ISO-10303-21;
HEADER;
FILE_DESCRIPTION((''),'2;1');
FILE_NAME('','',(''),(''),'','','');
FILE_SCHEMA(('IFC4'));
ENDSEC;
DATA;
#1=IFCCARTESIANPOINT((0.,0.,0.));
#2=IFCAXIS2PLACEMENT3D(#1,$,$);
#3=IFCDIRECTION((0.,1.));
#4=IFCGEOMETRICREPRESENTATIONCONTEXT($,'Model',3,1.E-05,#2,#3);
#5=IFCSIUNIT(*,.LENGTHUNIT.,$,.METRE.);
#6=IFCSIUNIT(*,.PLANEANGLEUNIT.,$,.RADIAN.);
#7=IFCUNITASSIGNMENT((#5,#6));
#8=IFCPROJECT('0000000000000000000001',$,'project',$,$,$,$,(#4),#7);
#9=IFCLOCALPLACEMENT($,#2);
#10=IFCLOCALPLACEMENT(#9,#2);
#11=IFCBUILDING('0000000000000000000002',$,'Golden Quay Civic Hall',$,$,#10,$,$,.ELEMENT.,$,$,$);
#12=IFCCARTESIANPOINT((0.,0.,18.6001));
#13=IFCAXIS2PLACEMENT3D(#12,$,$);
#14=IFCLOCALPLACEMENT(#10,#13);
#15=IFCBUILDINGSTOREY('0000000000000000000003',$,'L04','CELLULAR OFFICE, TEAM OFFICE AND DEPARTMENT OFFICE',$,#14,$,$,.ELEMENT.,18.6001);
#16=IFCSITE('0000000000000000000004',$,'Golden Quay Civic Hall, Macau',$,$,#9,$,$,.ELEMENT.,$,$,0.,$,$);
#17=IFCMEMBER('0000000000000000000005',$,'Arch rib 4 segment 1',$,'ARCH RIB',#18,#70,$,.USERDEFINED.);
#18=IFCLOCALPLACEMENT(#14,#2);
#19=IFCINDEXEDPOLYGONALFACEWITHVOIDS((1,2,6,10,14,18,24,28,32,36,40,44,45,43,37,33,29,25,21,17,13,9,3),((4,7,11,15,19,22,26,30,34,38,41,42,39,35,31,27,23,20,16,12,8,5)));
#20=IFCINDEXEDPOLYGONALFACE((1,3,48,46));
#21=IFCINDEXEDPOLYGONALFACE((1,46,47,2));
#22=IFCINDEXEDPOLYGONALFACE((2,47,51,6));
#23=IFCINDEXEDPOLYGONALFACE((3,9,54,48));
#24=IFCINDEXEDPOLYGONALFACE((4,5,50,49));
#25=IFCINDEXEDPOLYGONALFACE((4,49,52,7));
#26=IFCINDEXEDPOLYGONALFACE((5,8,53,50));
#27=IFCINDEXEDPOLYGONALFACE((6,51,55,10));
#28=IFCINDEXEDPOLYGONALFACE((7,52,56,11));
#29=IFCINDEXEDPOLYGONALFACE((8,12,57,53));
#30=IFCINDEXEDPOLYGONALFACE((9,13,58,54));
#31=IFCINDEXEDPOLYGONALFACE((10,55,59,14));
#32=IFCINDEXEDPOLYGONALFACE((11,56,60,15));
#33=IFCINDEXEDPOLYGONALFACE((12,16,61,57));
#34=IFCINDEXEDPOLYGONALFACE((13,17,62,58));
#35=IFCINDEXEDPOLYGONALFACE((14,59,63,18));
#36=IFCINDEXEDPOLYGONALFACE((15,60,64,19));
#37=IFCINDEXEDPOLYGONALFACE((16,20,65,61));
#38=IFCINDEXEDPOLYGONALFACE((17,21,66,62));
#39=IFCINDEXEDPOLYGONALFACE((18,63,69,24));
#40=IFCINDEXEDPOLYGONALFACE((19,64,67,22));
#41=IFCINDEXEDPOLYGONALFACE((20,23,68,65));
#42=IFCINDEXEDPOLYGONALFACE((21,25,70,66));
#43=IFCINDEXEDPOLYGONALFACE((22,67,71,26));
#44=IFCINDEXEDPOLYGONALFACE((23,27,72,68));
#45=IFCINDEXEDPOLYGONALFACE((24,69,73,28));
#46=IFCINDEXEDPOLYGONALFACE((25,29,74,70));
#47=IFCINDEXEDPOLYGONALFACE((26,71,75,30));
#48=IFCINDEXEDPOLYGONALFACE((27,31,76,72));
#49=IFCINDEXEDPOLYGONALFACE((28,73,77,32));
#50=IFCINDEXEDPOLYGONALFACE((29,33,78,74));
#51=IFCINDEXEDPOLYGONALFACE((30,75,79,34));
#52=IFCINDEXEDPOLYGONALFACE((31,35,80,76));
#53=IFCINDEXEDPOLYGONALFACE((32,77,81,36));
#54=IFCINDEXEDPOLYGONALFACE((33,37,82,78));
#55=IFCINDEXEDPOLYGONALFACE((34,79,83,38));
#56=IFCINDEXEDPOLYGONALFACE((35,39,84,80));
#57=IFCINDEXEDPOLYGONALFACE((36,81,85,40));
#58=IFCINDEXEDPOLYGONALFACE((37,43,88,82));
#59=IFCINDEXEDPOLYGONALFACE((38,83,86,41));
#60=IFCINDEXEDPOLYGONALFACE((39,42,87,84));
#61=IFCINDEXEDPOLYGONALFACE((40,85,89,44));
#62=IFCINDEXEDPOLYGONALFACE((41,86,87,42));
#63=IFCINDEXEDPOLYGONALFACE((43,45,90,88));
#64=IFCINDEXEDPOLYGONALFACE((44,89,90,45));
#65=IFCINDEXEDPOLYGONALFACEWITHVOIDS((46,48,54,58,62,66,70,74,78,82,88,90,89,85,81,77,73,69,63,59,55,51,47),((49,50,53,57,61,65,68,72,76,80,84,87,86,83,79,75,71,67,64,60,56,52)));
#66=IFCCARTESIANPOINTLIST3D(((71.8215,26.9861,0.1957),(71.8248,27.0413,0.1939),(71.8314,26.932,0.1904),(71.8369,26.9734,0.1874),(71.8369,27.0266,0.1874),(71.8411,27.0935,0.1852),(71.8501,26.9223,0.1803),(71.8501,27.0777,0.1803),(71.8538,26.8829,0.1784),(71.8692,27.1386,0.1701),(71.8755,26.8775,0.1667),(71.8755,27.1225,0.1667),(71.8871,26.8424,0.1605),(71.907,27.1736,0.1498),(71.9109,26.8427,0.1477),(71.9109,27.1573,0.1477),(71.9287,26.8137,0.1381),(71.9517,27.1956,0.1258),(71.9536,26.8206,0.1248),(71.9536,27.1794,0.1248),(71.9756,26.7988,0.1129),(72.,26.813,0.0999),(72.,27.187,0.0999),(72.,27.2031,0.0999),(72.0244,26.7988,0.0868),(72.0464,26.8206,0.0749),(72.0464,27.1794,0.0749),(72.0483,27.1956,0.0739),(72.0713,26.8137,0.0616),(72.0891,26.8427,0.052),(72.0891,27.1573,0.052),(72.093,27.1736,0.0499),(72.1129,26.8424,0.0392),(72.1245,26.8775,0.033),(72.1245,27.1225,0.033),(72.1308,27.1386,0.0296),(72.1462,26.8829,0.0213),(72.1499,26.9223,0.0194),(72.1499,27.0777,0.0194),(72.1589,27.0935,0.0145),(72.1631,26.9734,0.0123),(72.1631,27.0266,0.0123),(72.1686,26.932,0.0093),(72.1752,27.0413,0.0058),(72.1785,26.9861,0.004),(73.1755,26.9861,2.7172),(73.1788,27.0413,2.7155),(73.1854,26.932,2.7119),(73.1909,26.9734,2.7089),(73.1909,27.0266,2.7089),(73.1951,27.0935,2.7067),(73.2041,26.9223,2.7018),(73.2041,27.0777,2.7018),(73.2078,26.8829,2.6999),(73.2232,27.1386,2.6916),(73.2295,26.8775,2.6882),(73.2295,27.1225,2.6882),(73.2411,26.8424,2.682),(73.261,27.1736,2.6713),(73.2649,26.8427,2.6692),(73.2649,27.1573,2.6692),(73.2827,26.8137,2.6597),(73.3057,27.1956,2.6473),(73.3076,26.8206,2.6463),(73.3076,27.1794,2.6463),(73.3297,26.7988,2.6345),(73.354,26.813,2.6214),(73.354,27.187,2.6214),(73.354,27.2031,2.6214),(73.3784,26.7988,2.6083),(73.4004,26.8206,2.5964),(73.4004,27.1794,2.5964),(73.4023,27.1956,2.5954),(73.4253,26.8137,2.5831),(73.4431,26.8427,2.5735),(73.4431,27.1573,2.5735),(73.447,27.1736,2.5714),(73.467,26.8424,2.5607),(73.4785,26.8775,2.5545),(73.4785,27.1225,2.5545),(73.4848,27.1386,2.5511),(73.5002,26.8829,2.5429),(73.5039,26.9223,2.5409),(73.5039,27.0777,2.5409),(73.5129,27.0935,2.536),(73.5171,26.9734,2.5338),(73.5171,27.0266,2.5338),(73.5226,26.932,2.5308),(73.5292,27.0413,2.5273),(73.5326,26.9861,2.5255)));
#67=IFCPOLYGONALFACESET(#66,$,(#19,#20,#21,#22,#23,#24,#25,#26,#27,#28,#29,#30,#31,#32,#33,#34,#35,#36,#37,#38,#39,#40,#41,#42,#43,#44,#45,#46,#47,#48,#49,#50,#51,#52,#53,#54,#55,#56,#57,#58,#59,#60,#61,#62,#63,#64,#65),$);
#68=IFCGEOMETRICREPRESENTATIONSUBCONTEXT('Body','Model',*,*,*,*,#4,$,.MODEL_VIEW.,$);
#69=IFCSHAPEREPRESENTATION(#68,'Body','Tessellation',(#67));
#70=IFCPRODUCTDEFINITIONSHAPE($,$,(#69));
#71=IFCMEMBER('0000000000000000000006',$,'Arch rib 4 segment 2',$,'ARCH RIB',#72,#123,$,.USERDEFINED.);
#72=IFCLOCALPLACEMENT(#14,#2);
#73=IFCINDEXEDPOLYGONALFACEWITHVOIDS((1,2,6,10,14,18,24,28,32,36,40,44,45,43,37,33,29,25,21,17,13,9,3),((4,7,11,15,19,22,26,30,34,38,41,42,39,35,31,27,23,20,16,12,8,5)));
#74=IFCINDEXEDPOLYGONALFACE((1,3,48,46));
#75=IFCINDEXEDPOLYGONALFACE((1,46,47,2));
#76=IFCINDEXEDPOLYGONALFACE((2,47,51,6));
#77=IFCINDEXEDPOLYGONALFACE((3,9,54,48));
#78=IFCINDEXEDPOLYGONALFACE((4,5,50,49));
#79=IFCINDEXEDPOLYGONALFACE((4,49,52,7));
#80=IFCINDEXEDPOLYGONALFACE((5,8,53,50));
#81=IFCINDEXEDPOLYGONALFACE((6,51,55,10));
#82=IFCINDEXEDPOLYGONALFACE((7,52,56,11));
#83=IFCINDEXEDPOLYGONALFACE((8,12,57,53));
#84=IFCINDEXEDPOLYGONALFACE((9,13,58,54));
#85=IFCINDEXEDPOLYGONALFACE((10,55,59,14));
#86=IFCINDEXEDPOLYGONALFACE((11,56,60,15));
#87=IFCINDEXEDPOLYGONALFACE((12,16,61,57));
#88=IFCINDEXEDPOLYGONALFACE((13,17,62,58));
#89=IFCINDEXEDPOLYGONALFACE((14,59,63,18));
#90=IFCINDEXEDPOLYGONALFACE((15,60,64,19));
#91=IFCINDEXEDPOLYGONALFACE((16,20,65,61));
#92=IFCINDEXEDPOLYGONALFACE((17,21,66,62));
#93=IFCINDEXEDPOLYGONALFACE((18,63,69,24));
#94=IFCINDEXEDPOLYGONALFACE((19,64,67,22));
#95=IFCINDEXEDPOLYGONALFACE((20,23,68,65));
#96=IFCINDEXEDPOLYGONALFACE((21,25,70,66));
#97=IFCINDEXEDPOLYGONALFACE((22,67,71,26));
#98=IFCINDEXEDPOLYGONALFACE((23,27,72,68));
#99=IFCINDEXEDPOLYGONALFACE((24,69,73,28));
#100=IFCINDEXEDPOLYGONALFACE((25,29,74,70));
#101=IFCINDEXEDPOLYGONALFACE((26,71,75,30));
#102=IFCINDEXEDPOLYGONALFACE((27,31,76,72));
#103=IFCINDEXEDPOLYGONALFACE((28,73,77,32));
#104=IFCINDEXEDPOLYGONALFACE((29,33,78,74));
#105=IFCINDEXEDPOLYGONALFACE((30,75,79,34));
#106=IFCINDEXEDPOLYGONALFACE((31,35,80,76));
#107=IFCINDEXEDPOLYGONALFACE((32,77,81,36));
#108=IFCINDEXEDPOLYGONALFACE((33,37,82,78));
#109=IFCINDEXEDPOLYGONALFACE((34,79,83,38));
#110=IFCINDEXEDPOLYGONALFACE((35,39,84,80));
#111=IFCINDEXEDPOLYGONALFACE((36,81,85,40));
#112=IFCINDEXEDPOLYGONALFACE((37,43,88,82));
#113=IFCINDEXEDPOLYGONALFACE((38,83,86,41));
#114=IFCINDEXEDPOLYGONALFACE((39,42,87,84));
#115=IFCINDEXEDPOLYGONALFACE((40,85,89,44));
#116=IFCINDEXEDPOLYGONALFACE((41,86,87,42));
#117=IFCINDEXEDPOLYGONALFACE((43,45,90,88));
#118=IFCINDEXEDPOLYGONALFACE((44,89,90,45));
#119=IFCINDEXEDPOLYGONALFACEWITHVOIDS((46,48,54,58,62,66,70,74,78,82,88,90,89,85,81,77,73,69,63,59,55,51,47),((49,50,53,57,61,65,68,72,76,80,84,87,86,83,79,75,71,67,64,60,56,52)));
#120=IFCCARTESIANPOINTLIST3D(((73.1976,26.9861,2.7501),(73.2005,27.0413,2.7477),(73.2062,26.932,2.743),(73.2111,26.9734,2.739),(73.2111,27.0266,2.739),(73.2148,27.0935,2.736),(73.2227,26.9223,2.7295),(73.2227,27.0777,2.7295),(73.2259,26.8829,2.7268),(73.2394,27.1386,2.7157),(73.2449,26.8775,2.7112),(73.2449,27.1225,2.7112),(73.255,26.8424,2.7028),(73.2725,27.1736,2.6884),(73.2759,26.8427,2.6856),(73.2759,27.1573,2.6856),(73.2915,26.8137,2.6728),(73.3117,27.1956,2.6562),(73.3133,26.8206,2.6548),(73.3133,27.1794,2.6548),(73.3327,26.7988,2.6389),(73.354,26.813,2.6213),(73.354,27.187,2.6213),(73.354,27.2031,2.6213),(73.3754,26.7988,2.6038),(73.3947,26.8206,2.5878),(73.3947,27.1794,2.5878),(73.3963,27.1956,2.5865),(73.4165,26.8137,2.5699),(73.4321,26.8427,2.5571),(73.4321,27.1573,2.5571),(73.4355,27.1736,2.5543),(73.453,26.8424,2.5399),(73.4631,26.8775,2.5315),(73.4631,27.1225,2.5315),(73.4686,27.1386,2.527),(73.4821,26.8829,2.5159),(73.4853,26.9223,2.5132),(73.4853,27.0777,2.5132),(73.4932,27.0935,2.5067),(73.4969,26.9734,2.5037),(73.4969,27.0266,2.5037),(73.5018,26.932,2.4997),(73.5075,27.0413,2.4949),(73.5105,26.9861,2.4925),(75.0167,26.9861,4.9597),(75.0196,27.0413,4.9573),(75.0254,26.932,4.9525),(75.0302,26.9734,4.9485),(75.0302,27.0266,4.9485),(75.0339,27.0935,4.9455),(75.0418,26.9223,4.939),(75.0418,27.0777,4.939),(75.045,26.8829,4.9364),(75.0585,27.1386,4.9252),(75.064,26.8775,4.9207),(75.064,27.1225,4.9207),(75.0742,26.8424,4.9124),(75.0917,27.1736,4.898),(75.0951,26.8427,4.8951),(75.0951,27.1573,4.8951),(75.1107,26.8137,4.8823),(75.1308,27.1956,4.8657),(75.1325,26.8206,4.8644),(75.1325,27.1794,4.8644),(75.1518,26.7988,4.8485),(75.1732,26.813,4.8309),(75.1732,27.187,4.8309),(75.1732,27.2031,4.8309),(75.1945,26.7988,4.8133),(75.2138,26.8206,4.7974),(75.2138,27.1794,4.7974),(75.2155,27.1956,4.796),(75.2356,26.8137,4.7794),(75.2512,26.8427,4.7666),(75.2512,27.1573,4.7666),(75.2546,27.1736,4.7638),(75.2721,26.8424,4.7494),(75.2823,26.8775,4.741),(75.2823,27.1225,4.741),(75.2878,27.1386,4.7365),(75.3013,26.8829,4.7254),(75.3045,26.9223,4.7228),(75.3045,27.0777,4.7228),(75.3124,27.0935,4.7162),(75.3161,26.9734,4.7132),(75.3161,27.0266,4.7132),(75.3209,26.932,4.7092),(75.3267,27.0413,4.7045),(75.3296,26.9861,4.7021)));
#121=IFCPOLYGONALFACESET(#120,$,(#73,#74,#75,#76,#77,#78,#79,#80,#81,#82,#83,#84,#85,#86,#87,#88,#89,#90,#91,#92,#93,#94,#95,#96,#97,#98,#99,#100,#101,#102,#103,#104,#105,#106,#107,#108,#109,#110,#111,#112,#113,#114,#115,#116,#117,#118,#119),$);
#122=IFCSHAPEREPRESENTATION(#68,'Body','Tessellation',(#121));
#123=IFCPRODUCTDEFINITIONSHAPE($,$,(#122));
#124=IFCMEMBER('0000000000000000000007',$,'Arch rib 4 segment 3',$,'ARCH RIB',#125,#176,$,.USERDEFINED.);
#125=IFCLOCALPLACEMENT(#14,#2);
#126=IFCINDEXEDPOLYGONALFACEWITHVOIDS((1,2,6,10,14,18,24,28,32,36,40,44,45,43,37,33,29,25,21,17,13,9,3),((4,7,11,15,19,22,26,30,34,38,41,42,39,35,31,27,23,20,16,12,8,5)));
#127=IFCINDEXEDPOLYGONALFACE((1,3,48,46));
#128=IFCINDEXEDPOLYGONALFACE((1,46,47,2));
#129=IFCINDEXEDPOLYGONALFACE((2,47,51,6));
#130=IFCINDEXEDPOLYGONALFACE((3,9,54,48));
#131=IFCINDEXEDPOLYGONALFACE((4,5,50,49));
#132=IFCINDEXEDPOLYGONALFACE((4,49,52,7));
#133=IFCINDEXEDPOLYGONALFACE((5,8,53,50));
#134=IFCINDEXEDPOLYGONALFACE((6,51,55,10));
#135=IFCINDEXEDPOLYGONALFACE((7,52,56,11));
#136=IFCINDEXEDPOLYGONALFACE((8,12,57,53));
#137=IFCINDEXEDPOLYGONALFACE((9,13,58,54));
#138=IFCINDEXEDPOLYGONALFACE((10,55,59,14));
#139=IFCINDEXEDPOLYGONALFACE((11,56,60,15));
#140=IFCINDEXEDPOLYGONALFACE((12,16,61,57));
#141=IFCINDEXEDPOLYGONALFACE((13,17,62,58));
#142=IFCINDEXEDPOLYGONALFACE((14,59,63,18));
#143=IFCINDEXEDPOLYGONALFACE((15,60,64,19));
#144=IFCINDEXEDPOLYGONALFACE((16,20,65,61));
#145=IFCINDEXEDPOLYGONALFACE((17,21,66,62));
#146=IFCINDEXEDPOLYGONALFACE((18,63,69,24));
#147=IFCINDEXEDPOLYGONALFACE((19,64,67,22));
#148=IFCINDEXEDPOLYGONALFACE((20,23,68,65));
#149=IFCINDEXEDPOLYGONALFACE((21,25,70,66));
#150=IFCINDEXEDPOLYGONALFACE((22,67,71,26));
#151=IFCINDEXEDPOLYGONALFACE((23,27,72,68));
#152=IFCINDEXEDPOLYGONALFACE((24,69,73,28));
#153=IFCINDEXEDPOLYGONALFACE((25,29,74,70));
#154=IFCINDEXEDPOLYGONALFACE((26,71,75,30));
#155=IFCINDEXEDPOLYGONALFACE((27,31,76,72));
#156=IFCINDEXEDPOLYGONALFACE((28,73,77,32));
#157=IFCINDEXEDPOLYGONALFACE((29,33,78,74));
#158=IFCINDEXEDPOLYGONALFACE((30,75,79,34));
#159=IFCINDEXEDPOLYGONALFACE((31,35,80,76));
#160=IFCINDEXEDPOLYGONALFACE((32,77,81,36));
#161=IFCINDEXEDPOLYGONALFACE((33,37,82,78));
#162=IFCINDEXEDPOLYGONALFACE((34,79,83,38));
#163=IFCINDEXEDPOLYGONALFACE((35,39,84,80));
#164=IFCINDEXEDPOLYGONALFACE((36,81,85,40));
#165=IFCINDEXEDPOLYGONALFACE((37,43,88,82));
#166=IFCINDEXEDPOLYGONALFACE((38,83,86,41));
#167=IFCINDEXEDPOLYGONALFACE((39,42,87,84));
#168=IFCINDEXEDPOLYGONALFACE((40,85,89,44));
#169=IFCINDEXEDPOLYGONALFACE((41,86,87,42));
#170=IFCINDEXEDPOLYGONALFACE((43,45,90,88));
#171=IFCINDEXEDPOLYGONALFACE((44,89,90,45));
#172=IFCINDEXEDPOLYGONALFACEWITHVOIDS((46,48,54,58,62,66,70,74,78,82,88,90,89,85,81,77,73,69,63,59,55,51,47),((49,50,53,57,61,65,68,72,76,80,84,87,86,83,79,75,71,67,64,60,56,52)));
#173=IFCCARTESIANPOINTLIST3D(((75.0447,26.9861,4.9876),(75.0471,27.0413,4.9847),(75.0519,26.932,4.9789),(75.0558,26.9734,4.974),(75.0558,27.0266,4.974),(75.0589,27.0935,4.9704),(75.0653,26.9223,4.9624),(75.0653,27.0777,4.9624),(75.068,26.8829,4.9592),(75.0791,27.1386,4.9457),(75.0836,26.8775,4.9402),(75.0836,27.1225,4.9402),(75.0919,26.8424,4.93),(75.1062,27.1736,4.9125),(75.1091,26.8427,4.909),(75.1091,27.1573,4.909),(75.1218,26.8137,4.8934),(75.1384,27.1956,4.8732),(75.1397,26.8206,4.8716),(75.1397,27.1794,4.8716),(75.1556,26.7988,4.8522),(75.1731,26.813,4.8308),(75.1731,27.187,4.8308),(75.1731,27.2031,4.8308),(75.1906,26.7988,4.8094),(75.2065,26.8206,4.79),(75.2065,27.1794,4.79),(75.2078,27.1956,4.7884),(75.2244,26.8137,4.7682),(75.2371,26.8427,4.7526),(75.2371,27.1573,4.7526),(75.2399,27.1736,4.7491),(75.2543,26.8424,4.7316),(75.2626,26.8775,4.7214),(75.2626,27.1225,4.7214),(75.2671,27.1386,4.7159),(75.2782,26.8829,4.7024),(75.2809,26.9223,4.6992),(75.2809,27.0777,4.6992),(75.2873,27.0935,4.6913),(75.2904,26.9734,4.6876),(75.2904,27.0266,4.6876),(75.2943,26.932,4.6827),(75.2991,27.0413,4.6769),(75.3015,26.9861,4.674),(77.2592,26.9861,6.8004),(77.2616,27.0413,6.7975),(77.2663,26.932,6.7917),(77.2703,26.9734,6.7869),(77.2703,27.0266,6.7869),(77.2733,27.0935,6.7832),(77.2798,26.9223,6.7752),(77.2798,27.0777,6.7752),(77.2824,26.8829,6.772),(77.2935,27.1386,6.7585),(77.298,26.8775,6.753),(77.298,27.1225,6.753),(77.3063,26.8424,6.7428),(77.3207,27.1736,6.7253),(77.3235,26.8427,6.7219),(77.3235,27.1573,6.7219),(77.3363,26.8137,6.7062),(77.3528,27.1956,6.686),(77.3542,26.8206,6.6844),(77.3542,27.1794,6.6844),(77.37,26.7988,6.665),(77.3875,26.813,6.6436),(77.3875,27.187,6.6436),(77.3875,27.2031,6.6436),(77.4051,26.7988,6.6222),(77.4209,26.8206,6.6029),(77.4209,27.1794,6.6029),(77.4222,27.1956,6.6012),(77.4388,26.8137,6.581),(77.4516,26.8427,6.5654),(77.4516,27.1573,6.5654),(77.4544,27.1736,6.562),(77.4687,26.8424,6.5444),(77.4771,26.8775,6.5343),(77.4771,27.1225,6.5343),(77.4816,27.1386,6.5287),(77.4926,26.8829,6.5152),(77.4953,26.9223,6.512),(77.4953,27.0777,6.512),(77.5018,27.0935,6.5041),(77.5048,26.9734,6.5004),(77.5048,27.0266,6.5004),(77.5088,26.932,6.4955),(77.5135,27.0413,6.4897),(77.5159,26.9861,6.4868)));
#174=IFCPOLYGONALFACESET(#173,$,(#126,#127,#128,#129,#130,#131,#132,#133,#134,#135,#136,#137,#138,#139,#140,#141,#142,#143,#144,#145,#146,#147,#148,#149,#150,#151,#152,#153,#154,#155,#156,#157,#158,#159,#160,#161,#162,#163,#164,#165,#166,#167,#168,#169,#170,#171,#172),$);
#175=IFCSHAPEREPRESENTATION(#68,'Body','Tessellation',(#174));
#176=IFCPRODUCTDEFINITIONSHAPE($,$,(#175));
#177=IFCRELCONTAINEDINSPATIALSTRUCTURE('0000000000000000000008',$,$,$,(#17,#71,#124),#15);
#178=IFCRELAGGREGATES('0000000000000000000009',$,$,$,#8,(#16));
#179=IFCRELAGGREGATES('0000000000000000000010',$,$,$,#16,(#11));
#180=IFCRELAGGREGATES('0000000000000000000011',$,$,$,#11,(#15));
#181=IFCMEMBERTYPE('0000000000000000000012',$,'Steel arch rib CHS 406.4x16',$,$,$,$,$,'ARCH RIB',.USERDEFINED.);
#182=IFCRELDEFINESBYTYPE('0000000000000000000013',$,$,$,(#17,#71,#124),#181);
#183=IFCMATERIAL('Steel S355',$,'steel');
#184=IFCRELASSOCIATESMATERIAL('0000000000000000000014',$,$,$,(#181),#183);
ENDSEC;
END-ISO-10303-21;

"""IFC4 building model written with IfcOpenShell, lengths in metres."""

from ifc_helpers import new_model, si_unit, direction, frame, origin, origin_2d, place, context, subcontext, project, spatial, hollow_circle, extrude, material, material_profile, profile_set, type_object, element, save


model = new_model("IFC4")

# Units and contexts
model_context = context("Model", 3, precision=1e-05, world=origin(), true_north=direction((0.0, 1.0)))
body_context = subcontext(model_context, "Body", "Model", "MODEL_VIEW")
ifc_project = project(units=[si_unit("LENGTHUNIT", "METRE"), si_unit("PLANEANGLEUNIT", "RADIAN")], contexts=[model_context])

# Site, building, storey
site_placement = place(None, origin())
site = spatial("IfcSite", under=ifc_project, at=site_placement, Name="Golden Quay Civic Hall, Macau", CompositionType="ELEMENT", RefElevation=0.0)
building_placement = place(site_placement, origin())
building = spatial("IfcBuilding", under=site, at=building_placement, Name="Golden Quay Civic Hall", CompositionType="ELEMENT")
storey_placement = place(building_placement, frame((0.0, 0.0, 18.6001)))
storey = spatial("IfcBuildingStorey", under=building, at=storey_placement, Name="L04", Description="CELLULAR OFFICE, TEAM OFFICE AND DEPARTMENT OFFICE", CompositionType="ELEMENT", Elevation=18.6001)

# Members
ifc_material_1 = material(Name="Steel S355", Category="steel")
ifc_material_profile_1 = material_profile(ifc_material_1, hollow_circle(Radius=0.2031, WallThickness=0.0161, at=origin_2d()), Name="CHS 406.4x16")
ifc_profile_set_1 = profile_set([ifc_material_profile_1], Name="Steel S355")
member_type_1 = type_object("IfcMemberType", Name="Steel arch rib CHS 406.4x16", ElementType="ARCH RIB", PredefinedType="USERDEFINED", material=ifc_profile_set_1)
for number, where, z_axis, x_axis, name in (
    (1, (72.0, 27.0, 0.0999), (0.473092, 0.0, 0.881013), (0.0, 1.0, 0.0), "Arch rib 4 segment 1"),
    (2, (73.354, 27.0, 2.6213), (0.635609, 0.0, 0.772011), (0.0, 1.0, 0.0), "Arch rib 4 segment 2"),
):
    element("IfcMember", number, at=place(storey_placement, frame(where, z_axis=z_axis, x_axis=x_axis)), inside=storey, type_object=member_type_1, Name=name, ObjectType="ARCH RIB", PredefinedType="USERDEFINED", context=body_context, shape_type="SweptSolid", body=[
        extrude(hollow_circle(Radius=0.2031, WallThickness=0.0161, at=origin_2d()), origin(), (0.0, 0.0, 1.0), 2.8621),
    ])
for number, where, z_axis, x_axis, name in (
    (3, (75.1731, 27.0, 4.8308), (0.773786, 0.0, 0.633447), (0.0, 1.0, 0.0), "Arch rib 4 segment 3"),
):
    element("IfcMember", number, at=place(storey_placement, frame(where, z_axis=z_axis, x_axis=x_axis)), inside=storey, type_object=member_type_1, Name=name, ObjectType="ARCH RIB", PredefinedType="USERDEFINED", context=body_context, shape_type="SweptSolid", body=[
        extrude(hollow_circle(Radius=0.2031, WallThickness=0.0161, at=origin_2d()), origin(), (0.0, 0.0, 1.0), 2.8618),
    ])

save(model, "model.ifc")
